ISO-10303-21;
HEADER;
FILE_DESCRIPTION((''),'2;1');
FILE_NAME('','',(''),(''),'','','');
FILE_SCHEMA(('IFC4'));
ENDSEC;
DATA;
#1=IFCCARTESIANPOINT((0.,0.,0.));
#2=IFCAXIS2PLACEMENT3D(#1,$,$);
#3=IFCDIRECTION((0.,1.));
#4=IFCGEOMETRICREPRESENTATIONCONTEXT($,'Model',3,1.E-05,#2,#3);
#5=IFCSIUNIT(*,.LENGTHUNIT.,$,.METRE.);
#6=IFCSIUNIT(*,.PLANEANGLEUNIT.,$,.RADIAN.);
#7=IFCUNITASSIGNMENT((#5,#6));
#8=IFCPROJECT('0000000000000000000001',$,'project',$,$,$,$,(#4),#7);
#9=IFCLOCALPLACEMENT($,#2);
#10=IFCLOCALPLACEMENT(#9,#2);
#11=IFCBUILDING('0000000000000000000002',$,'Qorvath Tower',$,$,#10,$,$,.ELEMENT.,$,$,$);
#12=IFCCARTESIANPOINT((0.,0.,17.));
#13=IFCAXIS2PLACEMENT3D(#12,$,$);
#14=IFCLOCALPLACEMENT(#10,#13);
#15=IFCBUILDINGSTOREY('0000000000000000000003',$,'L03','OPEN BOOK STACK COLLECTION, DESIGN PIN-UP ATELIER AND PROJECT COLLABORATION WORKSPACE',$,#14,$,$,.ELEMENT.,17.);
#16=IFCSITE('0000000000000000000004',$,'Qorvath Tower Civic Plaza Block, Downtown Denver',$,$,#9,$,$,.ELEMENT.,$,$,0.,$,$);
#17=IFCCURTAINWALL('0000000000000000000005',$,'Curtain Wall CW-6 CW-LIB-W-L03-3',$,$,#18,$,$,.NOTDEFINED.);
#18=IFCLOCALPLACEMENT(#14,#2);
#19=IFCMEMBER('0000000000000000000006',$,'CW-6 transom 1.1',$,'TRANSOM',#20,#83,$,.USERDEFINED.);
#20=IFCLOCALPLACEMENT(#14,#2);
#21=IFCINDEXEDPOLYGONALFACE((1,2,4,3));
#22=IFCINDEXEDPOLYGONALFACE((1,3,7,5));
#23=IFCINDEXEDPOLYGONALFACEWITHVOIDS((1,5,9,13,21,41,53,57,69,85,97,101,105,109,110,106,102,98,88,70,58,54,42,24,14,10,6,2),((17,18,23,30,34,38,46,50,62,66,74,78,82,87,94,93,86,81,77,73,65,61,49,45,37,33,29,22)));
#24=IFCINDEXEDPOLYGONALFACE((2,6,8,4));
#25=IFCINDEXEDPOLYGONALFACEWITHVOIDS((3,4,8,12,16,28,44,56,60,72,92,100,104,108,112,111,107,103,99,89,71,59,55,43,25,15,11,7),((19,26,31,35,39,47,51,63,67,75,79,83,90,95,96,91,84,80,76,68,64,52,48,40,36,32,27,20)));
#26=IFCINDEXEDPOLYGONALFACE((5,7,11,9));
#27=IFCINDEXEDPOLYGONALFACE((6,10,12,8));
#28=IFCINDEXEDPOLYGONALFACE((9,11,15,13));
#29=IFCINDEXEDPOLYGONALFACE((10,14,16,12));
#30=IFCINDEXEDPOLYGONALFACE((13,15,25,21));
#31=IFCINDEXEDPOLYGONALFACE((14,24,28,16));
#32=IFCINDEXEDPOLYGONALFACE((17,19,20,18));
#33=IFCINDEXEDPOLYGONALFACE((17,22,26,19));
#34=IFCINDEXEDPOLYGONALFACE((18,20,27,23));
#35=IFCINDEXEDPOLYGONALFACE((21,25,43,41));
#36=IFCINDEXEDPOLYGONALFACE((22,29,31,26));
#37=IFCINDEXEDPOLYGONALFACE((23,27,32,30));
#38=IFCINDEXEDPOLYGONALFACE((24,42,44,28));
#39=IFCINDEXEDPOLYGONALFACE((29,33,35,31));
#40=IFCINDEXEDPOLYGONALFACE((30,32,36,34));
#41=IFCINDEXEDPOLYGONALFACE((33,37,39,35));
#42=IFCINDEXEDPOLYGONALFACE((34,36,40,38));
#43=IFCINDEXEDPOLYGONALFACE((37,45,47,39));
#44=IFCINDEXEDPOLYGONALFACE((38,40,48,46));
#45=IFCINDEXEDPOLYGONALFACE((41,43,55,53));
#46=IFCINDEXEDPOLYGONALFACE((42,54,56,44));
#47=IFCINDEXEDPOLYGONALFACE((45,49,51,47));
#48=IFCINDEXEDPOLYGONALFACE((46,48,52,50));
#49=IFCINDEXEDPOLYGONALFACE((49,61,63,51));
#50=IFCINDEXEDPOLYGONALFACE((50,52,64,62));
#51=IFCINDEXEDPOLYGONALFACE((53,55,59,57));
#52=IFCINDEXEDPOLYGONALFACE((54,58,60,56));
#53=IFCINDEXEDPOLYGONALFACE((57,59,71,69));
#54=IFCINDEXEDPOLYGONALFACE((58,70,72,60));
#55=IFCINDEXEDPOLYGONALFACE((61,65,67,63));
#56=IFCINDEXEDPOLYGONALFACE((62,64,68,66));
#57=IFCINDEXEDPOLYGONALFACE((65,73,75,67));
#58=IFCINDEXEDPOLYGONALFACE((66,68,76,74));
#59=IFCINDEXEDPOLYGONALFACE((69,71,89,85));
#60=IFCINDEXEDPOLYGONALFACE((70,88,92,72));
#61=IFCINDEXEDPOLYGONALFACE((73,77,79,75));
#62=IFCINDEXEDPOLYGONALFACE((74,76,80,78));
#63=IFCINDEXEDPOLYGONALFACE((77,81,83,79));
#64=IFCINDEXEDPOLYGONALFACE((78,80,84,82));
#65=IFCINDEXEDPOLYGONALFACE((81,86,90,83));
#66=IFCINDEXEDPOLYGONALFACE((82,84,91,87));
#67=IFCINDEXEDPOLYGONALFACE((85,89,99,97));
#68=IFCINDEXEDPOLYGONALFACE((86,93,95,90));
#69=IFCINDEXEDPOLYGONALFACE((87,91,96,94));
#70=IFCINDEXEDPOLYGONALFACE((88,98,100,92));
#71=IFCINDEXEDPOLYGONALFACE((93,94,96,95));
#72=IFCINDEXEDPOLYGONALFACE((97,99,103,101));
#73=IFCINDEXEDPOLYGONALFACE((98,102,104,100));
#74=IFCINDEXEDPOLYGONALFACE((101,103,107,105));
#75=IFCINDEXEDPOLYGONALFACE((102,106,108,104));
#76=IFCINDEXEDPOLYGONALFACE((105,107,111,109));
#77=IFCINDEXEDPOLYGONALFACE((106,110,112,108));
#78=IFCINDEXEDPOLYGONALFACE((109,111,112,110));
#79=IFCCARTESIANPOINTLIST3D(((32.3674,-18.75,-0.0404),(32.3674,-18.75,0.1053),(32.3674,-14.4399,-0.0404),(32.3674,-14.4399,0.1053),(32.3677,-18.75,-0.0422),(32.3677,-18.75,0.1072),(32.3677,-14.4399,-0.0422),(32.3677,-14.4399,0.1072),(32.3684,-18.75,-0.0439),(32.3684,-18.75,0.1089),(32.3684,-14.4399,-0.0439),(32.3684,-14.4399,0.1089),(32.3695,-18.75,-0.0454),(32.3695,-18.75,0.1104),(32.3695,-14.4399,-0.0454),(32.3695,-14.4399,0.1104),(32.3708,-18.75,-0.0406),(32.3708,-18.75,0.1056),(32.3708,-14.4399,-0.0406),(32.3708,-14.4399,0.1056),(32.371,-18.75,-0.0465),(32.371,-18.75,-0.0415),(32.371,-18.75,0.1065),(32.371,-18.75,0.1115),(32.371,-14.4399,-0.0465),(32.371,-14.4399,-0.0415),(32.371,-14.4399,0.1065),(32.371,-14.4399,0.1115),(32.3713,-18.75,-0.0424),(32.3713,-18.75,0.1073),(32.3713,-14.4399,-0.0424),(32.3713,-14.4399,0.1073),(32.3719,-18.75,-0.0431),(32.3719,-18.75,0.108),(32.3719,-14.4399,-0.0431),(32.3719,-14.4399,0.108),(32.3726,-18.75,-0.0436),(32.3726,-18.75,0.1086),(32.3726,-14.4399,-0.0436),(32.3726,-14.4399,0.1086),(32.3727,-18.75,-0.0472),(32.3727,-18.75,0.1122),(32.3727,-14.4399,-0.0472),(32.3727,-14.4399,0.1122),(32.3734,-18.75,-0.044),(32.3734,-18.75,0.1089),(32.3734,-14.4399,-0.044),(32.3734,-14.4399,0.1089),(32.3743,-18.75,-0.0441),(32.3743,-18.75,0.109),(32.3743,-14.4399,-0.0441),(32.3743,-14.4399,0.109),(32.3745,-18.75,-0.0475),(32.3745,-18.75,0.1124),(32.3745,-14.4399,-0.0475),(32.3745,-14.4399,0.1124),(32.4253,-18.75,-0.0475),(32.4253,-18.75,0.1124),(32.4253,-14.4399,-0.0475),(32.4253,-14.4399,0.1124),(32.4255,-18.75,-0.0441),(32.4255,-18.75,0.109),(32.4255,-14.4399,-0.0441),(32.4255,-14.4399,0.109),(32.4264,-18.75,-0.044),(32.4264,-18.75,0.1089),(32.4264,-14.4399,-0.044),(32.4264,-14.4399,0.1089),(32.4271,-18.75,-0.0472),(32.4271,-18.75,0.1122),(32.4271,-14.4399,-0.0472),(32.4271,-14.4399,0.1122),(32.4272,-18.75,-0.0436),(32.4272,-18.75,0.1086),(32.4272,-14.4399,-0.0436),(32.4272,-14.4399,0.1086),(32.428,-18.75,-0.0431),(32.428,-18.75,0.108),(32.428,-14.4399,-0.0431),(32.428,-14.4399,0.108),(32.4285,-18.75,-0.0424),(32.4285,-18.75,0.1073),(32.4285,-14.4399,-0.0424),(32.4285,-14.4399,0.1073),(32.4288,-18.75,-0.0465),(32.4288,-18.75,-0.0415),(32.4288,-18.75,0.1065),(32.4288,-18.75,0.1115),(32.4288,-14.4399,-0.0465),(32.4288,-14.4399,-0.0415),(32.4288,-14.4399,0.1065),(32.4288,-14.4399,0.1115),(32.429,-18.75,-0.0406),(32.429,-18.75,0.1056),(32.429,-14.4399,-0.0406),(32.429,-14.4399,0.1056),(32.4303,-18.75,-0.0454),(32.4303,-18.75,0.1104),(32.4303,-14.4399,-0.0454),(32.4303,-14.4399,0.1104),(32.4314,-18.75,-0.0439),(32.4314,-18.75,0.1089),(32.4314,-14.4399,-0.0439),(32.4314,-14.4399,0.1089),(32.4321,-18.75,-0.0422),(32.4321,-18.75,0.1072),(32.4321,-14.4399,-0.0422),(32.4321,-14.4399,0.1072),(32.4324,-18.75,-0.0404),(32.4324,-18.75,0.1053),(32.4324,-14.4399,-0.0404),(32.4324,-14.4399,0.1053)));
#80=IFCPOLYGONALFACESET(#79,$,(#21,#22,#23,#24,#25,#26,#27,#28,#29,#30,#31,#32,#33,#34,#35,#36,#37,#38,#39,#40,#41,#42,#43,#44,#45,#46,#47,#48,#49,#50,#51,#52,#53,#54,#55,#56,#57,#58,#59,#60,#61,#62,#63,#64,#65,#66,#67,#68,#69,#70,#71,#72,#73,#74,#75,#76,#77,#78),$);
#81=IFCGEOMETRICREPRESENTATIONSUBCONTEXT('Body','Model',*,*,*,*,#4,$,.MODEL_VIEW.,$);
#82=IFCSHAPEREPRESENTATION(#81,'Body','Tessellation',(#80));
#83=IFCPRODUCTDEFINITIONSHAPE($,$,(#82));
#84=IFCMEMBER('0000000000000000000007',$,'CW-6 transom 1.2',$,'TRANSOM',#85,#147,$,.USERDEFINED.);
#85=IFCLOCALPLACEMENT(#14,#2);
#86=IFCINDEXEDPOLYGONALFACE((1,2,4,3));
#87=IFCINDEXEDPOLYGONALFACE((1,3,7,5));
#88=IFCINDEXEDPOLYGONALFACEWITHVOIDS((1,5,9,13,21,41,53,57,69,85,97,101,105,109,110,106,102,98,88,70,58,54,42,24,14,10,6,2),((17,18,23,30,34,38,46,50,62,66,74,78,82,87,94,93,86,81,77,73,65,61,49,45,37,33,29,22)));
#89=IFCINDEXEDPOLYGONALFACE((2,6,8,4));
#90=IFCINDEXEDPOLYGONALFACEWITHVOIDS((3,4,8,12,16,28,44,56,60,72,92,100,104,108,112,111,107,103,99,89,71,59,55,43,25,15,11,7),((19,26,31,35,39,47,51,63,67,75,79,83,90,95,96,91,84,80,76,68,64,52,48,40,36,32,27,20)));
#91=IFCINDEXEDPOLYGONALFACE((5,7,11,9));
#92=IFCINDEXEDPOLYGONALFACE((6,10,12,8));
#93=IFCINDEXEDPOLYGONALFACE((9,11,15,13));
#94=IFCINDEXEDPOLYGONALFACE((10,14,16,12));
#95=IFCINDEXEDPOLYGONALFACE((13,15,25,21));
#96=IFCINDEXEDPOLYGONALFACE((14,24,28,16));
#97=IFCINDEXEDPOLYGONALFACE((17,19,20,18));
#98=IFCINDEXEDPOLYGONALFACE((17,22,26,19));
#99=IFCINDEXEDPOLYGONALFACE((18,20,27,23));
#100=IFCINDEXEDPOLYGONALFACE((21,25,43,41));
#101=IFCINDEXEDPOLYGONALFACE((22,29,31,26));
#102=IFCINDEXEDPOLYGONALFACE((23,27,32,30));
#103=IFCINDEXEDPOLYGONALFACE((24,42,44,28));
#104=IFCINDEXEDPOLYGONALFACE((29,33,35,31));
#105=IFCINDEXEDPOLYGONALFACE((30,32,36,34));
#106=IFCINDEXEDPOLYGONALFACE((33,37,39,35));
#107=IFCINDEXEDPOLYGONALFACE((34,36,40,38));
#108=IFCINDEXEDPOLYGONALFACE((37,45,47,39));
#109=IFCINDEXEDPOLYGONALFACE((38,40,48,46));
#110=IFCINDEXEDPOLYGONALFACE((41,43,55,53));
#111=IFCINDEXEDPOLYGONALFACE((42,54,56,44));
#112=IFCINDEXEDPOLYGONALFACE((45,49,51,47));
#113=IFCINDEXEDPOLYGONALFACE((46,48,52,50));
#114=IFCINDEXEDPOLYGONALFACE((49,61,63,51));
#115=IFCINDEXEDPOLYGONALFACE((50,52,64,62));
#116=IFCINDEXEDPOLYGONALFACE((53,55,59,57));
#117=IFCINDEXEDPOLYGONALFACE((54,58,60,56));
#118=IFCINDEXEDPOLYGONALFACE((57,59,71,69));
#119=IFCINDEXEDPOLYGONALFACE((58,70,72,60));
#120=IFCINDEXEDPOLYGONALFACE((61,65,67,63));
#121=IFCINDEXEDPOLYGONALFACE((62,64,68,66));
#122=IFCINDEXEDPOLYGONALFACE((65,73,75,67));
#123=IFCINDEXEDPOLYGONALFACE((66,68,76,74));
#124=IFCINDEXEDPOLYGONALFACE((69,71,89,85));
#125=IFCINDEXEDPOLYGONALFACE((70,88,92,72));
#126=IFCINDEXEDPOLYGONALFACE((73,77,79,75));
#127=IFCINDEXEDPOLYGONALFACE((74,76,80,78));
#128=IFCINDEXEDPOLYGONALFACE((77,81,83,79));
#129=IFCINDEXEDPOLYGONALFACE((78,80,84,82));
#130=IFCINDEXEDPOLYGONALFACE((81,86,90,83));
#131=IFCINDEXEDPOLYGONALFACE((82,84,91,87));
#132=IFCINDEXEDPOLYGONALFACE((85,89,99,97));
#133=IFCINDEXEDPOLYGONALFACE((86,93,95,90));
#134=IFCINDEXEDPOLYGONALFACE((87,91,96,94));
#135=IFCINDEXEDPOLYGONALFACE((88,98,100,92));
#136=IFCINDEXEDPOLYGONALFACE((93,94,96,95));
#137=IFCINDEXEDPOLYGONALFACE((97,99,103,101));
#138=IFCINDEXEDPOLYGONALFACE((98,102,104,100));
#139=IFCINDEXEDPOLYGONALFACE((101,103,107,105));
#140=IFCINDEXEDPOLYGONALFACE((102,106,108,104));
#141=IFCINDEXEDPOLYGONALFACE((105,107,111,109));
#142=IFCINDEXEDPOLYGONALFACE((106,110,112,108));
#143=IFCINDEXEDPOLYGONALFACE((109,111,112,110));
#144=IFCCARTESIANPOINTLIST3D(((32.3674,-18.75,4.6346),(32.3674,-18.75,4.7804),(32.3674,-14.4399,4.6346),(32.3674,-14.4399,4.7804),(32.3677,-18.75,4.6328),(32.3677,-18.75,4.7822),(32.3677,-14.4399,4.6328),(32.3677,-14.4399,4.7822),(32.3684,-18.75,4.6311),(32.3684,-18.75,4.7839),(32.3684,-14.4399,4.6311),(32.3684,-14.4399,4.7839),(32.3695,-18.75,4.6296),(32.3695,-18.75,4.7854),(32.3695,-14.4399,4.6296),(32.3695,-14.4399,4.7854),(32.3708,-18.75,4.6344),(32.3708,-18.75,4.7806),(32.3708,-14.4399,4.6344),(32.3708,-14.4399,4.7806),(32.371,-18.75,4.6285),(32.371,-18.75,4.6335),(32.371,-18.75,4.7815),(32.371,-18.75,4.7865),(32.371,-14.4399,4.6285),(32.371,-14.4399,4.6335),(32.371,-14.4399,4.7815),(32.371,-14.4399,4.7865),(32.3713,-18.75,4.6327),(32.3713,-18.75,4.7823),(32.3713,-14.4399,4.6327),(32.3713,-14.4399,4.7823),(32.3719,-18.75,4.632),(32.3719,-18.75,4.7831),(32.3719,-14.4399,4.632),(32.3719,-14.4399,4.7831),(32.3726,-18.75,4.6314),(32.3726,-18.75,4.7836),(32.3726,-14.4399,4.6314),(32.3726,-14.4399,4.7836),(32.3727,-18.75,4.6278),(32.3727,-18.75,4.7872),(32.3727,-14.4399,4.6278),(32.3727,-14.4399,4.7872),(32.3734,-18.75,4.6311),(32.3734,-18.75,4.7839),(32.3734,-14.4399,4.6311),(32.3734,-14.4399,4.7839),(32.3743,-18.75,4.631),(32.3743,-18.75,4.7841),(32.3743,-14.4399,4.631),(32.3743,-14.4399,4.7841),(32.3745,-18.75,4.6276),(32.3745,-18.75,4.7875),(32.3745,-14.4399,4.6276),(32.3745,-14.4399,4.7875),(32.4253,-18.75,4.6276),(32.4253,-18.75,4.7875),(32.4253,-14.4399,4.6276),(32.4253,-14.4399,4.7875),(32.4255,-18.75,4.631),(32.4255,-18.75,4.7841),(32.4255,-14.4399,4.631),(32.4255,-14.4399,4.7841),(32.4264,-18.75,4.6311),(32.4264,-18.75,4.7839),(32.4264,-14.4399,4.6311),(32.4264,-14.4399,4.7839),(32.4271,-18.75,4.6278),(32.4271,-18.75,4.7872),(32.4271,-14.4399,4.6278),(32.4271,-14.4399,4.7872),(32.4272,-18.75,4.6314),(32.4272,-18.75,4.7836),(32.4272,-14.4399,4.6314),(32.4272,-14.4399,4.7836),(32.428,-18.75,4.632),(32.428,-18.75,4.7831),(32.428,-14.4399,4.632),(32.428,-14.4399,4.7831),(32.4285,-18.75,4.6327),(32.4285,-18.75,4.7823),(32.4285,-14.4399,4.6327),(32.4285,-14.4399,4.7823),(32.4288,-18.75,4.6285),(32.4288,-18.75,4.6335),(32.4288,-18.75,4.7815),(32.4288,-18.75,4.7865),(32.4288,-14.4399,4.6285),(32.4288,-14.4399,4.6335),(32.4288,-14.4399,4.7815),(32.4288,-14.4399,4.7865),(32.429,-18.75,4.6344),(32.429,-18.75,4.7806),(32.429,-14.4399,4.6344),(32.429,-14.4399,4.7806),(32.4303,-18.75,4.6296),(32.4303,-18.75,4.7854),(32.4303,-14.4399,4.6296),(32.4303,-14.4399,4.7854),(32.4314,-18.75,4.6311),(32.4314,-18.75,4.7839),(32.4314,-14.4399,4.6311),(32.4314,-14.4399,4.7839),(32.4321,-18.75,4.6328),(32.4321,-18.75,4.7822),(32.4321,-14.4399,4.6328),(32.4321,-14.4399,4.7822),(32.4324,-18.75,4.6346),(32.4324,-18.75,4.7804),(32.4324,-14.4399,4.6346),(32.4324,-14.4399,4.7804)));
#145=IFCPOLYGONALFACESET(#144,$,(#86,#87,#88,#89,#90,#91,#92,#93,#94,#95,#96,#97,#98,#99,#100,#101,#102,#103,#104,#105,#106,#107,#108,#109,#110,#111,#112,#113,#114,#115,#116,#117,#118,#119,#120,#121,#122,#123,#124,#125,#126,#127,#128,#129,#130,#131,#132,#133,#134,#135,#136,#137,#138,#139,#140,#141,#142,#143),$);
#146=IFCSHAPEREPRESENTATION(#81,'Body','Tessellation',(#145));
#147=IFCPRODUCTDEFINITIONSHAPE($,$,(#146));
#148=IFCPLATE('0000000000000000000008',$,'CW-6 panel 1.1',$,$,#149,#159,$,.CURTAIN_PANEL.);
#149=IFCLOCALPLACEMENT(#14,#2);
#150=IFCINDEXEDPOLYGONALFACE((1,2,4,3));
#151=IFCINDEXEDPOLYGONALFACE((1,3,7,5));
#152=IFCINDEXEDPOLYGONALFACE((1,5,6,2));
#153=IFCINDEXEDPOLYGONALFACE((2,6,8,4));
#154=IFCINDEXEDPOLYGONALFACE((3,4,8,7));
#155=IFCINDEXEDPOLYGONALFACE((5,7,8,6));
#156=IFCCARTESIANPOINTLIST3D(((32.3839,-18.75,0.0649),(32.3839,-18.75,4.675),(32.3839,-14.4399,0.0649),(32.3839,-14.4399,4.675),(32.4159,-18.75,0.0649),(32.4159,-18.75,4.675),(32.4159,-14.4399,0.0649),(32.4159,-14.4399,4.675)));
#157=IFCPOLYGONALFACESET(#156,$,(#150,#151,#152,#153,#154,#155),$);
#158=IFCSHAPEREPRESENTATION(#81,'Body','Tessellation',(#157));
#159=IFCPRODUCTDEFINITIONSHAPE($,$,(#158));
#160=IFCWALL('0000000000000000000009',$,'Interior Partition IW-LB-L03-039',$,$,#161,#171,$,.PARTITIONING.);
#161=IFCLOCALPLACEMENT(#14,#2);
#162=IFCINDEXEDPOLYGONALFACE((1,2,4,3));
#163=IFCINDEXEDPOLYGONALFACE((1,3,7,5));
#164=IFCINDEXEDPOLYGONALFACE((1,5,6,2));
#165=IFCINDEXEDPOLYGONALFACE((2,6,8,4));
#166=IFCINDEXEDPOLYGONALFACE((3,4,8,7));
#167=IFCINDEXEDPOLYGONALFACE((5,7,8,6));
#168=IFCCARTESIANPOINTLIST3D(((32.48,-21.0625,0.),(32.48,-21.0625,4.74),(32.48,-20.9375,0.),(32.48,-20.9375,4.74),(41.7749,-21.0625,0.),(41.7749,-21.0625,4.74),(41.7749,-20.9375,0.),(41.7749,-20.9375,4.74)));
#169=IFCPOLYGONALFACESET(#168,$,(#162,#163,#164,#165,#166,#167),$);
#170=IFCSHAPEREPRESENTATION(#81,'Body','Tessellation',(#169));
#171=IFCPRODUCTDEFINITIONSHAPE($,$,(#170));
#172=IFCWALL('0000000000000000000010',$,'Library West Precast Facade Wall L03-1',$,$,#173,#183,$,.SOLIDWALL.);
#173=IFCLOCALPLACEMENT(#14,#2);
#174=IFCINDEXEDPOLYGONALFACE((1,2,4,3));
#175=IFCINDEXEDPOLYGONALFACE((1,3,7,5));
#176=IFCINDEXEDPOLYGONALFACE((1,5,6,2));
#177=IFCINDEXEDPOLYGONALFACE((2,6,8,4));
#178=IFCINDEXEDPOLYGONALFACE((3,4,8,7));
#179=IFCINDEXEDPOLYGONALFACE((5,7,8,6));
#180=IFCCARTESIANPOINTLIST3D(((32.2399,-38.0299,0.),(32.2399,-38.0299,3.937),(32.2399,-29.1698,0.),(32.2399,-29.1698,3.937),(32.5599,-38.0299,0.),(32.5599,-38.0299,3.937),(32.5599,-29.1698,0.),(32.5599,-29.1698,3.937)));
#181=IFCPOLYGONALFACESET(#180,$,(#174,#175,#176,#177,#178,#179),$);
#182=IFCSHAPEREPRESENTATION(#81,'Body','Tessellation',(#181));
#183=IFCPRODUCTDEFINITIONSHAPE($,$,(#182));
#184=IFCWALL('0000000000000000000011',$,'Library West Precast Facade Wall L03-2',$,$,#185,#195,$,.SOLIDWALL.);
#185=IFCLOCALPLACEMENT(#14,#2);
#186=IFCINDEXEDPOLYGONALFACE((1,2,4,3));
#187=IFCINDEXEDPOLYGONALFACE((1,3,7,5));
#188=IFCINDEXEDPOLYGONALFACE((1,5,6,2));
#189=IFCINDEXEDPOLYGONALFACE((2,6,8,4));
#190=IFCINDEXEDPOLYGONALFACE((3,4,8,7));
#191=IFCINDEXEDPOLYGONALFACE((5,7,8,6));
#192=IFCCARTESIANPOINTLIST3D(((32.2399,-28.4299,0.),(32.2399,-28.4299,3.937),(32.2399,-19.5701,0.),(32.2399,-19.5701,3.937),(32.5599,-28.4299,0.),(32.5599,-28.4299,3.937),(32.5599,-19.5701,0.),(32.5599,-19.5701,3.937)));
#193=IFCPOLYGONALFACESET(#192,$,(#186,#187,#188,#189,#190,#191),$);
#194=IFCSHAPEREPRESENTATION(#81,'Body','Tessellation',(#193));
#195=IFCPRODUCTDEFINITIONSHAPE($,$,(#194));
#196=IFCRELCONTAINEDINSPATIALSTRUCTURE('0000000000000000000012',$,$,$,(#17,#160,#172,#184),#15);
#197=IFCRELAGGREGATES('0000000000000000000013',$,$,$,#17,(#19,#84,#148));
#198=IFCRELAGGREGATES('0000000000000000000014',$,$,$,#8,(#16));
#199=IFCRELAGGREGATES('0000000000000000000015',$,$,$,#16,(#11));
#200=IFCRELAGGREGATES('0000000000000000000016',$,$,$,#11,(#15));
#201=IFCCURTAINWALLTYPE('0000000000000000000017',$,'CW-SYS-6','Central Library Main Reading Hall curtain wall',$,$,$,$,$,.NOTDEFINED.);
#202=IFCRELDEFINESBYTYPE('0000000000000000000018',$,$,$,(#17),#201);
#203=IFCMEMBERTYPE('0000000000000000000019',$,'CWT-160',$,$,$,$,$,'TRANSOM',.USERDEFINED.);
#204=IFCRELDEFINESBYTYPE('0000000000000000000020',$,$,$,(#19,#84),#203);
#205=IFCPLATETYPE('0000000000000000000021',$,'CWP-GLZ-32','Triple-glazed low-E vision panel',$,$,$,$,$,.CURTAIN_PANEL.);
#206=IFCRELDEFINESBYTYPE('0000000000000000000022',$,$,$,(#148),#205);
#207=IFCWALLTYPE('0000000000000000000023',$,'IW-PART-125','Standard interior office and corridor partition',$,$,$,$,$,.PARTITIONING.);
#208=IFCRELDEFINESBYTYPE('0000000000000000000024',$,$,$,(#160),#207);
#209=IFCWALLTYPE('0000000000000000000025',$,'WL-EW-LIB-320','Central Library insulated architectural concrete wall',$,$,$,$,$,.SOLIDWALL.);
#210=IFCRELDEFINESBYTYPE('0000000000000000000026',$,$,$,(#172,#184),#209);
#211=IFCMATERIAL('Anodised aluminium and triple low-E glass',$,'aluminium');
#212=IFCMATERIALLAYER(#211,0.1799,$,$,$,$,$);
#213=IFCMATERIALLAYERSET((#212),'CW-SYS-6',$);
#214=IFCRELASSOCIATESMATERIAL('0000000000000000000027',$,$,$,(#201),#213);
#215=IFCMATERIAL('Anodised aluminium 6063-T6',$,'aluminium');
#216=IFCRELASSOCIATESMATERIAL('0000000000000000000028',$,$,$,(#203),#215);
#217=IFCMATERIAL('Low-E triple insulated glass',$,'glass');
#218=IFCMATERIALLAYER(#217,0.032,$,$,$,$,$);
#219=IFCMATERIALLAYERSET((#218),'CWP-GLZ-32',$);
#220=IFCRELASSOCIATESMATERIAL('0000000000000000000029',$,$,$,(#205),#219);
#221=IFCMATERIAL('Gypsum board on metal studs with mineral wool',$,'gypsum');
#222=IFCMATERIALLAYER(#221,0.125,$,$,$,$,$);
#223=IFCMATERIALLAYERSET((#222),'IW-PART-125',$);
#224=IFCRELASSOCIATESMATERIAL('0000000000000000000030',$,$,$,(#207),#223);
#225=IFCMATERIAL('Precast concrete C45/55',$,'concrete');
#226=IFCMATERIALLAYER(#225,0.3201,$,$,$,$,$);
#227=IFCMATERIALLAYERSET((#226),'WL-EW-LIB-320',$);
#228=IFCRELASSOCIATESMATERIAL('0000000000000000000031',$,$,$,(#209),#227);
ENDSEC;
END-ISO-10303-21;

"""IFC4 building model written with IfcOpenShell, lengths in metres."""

from ifc_helpers import new_model, si_unit, direction, frame, frame_2d, origin, origin_2d, place, context, subcontext, project, spatial, rectangle, hollow_rectangle, extrude, material, layer, layer_set, material_profile, profile_set, type_object, element, aggregate, save


model = new_model("IFC4")

# Units and contexts
model_context = context("Model", 3, precision=1e-05, world=origin(), true_north=direction((0.0, 1.0)))
body_context = subcontext(model_context, "Body", "Model", "MODEL_VIEW")
ifc_project = project(units=[si_unit("LENGTHUNIT", "METRE"), si_unit("PLANEANGLEUNIT", "RADIAN")], contexts=[model_context])

# Site, building, storey
site_placement = place(None, origin())
site = spatial("IfcSite", under=ifc_project, at=site_placement, Name="Qorvath Tower Civic Plaza Block, Downtown Denver", CompositionType="ELEMENT", RefElevation=0.0)
building_placement = place(site_placement, origin())
building = spatial("IfcBuilding", under=site, at=building_placement, Name="Qorvath Tower", CompositionType="ELEMENT")
storey_placement = place(building_placement, frame((0.0, 0.0, 17.0)))
storey = spatial("IfcBuildingStorey", under=building, at=storey_placement, Name="L03", Description="OPEN BOOK STACK COLLECTION, DESIGN PIN-UP ATELIER AND PROJECT COLLABORATION WORKSPACE", CompositionType="ELEMENT", Elevation=17.0)

# Curtain wall, members, plate
ifc_material_1 = material(Name="Anodised aluminium and triple low-E glass", Category="aluminium")
ifc_layer_1 = layer(ifc_material_1, 0.1799)
ifc_layer_set_1 = layer_set([ifc_layer_1], Name="CW-SYS-6")
curtain_wall_type = type_object("IfcCurtainWallType", Name="CW-SYS-6", Description="Central Library Main Reading Hall curtain wall", PredefinedType="NOTDEFINED", material=ifc_layer_set_1)
curtain_wall_placement = place(storey_placement, origin())
curtain_wall = element("IfcCurtainWall", 1, at=curtain_wall_placement, inside=storey, type_object=curtain_wall_type, Name="Curtain Wall CW-6 CW-LIB-W-L03-3", PredefinedType="NOTDEFINED")
ifc_material_2 = material(Name="Anodised aluminium 6063-T6", Category="aluminium")
ifc_material_profile_1 = material_profile(ifc_material_2, hollow_rectangle(XDim=0.0649, YDim=0.1599, WallThickness=0.0034, InnerFilletRadius=0.0034, OuterFilletRadius=0.0071, at=origin_2d()), Name="CWT 160x65")
ifc_profile_set_1 = profile_set([ifc_material_profile_1], Name="Anodised aluminium 6063-T6")
member_type_1 = type_object("IfcMemberType", Name="CWT-160", ElementType="TRANSOM", PredefinedType="USERDEFINED", material=ifc_profile_set_1)
member_1_placement = place(storey_placement, frame((32.3999, -18.75, 0.0325), z_axis=(0.0, 1.0, 0.0), x_axis=(-1.0, 0.0, 0.0)))
member_1 = element("IfcMember", 2, at=member_1_placement, type_object=member_type_1, Name="CW-6 transom 1.1", ObjectType="TRANSOM", PredefinedType="USERDEFINED", context=body_context, shape_type="SweptSolid", body=[
    extrude(hollow_rectangle(XDim=0.0649, YDim=0.1599, WallThickness=0.0034, InnerFilletRadius=0.0034, OuterFilletRadius=0.0071, at=origin_2d()), origin(), (0.0, 0.0, 1.0), 4.3101),
])
member_2_placement = place(storey_placement, frame((32.3999, -18.75, 4.7075), z_axis=(0.0, 1.0, 0.0), x_axis=(-1.0, 0.0, 0.0)))
member_2 = element("IfcMember", 3, at=member_2_placement, type_object=member_type_1, Name="CW-6 transom 1.2", ObjectType="TRANSOM", PredefinedType="USERDEFINED", context=body_context, shape_type="SweptSolid", body=[
    extrude(hollow_rectangle(XDim=0.0649, YDim=0.1599, WallThickness=0.0034, InnerFilletRadius=0.0034, OuterFilletRadius=0.0071, at=origin_2d()), origin(), (0.0, 0.0, 1.0), 4.3101),
])
ifc_material_3 = material(Name="Low-E triple insulated glass", Category="glass")
ifc_layer_2 = layer(ifc_material_3, 0.032)
ifc_layer_set_2 = layer_set([ifc_layer_2], Name="CWP-GLZ-32")
plate_type = type_object("IfcPlateType", Name="CWP-GLZ-32", Description="Triple-glazed low-E vision panel", PredefinedType="CURTAIN_PANEL", material=ifc_layer_set_2)
plate_placement = place(storey_placement, frame((32.3999, -16.595, 0.0649), z_axis=(0.0, 0.0, 1.0), x_axis=(0.0, 1.0, 0.0)))
plate = element("IfcPlate", 4, at=plate_placement, type_object=plate_type, Name="CW-6 panel 1.1", PredefinedType="CURTAIN_PANEL", context=body_context, shape_type="SweptSolid", body=[
    extrude(rectangle(XDim=4.3101, YDim=0.032, at=origin_2d()), origin(), (0.0, 0.0, 1.0), 4.6101),
])
aggregate(curtain_wall, [member_1, member_2, plate])

# Walls
ifc_material_4 = material(Name="Gypsum board on metal studs with mineral wool", Category="gypsum")
ifc_layer_3 = layer(ifc_material_4, 0.125)
ifc_layer_set_3 = layer_set([ifc_layer_3], Name="IW-PART-125")
wall_type_1 = type_object("IfcWallType", Name="IW-PART-125", Description="Standard interior office and corridor partition", PredefinedType="PARTITIONING", material=ifc_layer_set_3)
wall_1_placement = place(storey_placement, frame((32.48, -21.0, 0.0), z_axis=(0.0, 0.0, 1.0), x_axis=(1.0, 0.0, 0.0)))
element("IfcWall", 5, at=wall_1_placement, inside=storey, type_object=wall_type_1, Name="Interior Partition IW-LB-L03-039", PredefinedType="PARTITIONING", context=body_context, shape_type="SweptSolid", body=[
    extrude(rectangle(XDim=9.2949, YDim=0.125, at=frame_2d((4.6475, 0.0))), origin(), (0.0, 0.0, 1.0), 4.74),
])
ifc_material_5 = material(Name="Precast concrete C45/55", Category="concrete")
ifc_layer_4 = layer(ifc_material_5, 0.3201)
ifc_layer_set_4 = layer_set([ifc_layer_4], Name="WL-EW-LIB-320")
wall_type_2 = type_object("IfcWallType", Name="WL-EW-LIB-320", Description="Central Library insulated architectural concrete wall", PredefinedType="SOLIDWALL", material=ifc_layer_set_4)
wall_2_placement = place(storey_placement, frame((32.3999, -38.03, 0.0), z_axis=(0.0, 0.0, 1.0), x_axis=(0.0, 1.0, 0.0)))
element("IfcWall", 6, at=wall_2_placement, inside=storey, type_object=wall_type_2, Name="Library West Precast Facade Wall L03-1", PredefinedType="SOLIDWALL", context=body_context, shape_type="SweptSolid", body=[
    extrude(rectangle(XDim=8.8601, YDim=0.3201, at=frame_2d((4.4302, 0.0))), origin(), (0.0, 0.0, 1.0), 3.937),
])
wall_3_placement = place(storey_placement, frame((32.3999, -28.4299, 0.0), z_axis=(0.0, 0.0, 1.0), x_axis=(0.0, 1.0, 0.0)))
element("IfcWall", 7, at=wall_3_placement, inside=storey, type_object=wall_type_2, Name="Library West Precast Facade Wall L03-2", PredefinedType="SOLIDWALL", context=body_context, shape_type="SweptSolid", body=[
    extrude(rectangle(XDim=8.8599, YDim=0.3201, at=frame_2d((4.4299, 0.0))), origin(), (0.0, 0.0, 1.0), 3.937),
])

save(model, "model.ifc")
